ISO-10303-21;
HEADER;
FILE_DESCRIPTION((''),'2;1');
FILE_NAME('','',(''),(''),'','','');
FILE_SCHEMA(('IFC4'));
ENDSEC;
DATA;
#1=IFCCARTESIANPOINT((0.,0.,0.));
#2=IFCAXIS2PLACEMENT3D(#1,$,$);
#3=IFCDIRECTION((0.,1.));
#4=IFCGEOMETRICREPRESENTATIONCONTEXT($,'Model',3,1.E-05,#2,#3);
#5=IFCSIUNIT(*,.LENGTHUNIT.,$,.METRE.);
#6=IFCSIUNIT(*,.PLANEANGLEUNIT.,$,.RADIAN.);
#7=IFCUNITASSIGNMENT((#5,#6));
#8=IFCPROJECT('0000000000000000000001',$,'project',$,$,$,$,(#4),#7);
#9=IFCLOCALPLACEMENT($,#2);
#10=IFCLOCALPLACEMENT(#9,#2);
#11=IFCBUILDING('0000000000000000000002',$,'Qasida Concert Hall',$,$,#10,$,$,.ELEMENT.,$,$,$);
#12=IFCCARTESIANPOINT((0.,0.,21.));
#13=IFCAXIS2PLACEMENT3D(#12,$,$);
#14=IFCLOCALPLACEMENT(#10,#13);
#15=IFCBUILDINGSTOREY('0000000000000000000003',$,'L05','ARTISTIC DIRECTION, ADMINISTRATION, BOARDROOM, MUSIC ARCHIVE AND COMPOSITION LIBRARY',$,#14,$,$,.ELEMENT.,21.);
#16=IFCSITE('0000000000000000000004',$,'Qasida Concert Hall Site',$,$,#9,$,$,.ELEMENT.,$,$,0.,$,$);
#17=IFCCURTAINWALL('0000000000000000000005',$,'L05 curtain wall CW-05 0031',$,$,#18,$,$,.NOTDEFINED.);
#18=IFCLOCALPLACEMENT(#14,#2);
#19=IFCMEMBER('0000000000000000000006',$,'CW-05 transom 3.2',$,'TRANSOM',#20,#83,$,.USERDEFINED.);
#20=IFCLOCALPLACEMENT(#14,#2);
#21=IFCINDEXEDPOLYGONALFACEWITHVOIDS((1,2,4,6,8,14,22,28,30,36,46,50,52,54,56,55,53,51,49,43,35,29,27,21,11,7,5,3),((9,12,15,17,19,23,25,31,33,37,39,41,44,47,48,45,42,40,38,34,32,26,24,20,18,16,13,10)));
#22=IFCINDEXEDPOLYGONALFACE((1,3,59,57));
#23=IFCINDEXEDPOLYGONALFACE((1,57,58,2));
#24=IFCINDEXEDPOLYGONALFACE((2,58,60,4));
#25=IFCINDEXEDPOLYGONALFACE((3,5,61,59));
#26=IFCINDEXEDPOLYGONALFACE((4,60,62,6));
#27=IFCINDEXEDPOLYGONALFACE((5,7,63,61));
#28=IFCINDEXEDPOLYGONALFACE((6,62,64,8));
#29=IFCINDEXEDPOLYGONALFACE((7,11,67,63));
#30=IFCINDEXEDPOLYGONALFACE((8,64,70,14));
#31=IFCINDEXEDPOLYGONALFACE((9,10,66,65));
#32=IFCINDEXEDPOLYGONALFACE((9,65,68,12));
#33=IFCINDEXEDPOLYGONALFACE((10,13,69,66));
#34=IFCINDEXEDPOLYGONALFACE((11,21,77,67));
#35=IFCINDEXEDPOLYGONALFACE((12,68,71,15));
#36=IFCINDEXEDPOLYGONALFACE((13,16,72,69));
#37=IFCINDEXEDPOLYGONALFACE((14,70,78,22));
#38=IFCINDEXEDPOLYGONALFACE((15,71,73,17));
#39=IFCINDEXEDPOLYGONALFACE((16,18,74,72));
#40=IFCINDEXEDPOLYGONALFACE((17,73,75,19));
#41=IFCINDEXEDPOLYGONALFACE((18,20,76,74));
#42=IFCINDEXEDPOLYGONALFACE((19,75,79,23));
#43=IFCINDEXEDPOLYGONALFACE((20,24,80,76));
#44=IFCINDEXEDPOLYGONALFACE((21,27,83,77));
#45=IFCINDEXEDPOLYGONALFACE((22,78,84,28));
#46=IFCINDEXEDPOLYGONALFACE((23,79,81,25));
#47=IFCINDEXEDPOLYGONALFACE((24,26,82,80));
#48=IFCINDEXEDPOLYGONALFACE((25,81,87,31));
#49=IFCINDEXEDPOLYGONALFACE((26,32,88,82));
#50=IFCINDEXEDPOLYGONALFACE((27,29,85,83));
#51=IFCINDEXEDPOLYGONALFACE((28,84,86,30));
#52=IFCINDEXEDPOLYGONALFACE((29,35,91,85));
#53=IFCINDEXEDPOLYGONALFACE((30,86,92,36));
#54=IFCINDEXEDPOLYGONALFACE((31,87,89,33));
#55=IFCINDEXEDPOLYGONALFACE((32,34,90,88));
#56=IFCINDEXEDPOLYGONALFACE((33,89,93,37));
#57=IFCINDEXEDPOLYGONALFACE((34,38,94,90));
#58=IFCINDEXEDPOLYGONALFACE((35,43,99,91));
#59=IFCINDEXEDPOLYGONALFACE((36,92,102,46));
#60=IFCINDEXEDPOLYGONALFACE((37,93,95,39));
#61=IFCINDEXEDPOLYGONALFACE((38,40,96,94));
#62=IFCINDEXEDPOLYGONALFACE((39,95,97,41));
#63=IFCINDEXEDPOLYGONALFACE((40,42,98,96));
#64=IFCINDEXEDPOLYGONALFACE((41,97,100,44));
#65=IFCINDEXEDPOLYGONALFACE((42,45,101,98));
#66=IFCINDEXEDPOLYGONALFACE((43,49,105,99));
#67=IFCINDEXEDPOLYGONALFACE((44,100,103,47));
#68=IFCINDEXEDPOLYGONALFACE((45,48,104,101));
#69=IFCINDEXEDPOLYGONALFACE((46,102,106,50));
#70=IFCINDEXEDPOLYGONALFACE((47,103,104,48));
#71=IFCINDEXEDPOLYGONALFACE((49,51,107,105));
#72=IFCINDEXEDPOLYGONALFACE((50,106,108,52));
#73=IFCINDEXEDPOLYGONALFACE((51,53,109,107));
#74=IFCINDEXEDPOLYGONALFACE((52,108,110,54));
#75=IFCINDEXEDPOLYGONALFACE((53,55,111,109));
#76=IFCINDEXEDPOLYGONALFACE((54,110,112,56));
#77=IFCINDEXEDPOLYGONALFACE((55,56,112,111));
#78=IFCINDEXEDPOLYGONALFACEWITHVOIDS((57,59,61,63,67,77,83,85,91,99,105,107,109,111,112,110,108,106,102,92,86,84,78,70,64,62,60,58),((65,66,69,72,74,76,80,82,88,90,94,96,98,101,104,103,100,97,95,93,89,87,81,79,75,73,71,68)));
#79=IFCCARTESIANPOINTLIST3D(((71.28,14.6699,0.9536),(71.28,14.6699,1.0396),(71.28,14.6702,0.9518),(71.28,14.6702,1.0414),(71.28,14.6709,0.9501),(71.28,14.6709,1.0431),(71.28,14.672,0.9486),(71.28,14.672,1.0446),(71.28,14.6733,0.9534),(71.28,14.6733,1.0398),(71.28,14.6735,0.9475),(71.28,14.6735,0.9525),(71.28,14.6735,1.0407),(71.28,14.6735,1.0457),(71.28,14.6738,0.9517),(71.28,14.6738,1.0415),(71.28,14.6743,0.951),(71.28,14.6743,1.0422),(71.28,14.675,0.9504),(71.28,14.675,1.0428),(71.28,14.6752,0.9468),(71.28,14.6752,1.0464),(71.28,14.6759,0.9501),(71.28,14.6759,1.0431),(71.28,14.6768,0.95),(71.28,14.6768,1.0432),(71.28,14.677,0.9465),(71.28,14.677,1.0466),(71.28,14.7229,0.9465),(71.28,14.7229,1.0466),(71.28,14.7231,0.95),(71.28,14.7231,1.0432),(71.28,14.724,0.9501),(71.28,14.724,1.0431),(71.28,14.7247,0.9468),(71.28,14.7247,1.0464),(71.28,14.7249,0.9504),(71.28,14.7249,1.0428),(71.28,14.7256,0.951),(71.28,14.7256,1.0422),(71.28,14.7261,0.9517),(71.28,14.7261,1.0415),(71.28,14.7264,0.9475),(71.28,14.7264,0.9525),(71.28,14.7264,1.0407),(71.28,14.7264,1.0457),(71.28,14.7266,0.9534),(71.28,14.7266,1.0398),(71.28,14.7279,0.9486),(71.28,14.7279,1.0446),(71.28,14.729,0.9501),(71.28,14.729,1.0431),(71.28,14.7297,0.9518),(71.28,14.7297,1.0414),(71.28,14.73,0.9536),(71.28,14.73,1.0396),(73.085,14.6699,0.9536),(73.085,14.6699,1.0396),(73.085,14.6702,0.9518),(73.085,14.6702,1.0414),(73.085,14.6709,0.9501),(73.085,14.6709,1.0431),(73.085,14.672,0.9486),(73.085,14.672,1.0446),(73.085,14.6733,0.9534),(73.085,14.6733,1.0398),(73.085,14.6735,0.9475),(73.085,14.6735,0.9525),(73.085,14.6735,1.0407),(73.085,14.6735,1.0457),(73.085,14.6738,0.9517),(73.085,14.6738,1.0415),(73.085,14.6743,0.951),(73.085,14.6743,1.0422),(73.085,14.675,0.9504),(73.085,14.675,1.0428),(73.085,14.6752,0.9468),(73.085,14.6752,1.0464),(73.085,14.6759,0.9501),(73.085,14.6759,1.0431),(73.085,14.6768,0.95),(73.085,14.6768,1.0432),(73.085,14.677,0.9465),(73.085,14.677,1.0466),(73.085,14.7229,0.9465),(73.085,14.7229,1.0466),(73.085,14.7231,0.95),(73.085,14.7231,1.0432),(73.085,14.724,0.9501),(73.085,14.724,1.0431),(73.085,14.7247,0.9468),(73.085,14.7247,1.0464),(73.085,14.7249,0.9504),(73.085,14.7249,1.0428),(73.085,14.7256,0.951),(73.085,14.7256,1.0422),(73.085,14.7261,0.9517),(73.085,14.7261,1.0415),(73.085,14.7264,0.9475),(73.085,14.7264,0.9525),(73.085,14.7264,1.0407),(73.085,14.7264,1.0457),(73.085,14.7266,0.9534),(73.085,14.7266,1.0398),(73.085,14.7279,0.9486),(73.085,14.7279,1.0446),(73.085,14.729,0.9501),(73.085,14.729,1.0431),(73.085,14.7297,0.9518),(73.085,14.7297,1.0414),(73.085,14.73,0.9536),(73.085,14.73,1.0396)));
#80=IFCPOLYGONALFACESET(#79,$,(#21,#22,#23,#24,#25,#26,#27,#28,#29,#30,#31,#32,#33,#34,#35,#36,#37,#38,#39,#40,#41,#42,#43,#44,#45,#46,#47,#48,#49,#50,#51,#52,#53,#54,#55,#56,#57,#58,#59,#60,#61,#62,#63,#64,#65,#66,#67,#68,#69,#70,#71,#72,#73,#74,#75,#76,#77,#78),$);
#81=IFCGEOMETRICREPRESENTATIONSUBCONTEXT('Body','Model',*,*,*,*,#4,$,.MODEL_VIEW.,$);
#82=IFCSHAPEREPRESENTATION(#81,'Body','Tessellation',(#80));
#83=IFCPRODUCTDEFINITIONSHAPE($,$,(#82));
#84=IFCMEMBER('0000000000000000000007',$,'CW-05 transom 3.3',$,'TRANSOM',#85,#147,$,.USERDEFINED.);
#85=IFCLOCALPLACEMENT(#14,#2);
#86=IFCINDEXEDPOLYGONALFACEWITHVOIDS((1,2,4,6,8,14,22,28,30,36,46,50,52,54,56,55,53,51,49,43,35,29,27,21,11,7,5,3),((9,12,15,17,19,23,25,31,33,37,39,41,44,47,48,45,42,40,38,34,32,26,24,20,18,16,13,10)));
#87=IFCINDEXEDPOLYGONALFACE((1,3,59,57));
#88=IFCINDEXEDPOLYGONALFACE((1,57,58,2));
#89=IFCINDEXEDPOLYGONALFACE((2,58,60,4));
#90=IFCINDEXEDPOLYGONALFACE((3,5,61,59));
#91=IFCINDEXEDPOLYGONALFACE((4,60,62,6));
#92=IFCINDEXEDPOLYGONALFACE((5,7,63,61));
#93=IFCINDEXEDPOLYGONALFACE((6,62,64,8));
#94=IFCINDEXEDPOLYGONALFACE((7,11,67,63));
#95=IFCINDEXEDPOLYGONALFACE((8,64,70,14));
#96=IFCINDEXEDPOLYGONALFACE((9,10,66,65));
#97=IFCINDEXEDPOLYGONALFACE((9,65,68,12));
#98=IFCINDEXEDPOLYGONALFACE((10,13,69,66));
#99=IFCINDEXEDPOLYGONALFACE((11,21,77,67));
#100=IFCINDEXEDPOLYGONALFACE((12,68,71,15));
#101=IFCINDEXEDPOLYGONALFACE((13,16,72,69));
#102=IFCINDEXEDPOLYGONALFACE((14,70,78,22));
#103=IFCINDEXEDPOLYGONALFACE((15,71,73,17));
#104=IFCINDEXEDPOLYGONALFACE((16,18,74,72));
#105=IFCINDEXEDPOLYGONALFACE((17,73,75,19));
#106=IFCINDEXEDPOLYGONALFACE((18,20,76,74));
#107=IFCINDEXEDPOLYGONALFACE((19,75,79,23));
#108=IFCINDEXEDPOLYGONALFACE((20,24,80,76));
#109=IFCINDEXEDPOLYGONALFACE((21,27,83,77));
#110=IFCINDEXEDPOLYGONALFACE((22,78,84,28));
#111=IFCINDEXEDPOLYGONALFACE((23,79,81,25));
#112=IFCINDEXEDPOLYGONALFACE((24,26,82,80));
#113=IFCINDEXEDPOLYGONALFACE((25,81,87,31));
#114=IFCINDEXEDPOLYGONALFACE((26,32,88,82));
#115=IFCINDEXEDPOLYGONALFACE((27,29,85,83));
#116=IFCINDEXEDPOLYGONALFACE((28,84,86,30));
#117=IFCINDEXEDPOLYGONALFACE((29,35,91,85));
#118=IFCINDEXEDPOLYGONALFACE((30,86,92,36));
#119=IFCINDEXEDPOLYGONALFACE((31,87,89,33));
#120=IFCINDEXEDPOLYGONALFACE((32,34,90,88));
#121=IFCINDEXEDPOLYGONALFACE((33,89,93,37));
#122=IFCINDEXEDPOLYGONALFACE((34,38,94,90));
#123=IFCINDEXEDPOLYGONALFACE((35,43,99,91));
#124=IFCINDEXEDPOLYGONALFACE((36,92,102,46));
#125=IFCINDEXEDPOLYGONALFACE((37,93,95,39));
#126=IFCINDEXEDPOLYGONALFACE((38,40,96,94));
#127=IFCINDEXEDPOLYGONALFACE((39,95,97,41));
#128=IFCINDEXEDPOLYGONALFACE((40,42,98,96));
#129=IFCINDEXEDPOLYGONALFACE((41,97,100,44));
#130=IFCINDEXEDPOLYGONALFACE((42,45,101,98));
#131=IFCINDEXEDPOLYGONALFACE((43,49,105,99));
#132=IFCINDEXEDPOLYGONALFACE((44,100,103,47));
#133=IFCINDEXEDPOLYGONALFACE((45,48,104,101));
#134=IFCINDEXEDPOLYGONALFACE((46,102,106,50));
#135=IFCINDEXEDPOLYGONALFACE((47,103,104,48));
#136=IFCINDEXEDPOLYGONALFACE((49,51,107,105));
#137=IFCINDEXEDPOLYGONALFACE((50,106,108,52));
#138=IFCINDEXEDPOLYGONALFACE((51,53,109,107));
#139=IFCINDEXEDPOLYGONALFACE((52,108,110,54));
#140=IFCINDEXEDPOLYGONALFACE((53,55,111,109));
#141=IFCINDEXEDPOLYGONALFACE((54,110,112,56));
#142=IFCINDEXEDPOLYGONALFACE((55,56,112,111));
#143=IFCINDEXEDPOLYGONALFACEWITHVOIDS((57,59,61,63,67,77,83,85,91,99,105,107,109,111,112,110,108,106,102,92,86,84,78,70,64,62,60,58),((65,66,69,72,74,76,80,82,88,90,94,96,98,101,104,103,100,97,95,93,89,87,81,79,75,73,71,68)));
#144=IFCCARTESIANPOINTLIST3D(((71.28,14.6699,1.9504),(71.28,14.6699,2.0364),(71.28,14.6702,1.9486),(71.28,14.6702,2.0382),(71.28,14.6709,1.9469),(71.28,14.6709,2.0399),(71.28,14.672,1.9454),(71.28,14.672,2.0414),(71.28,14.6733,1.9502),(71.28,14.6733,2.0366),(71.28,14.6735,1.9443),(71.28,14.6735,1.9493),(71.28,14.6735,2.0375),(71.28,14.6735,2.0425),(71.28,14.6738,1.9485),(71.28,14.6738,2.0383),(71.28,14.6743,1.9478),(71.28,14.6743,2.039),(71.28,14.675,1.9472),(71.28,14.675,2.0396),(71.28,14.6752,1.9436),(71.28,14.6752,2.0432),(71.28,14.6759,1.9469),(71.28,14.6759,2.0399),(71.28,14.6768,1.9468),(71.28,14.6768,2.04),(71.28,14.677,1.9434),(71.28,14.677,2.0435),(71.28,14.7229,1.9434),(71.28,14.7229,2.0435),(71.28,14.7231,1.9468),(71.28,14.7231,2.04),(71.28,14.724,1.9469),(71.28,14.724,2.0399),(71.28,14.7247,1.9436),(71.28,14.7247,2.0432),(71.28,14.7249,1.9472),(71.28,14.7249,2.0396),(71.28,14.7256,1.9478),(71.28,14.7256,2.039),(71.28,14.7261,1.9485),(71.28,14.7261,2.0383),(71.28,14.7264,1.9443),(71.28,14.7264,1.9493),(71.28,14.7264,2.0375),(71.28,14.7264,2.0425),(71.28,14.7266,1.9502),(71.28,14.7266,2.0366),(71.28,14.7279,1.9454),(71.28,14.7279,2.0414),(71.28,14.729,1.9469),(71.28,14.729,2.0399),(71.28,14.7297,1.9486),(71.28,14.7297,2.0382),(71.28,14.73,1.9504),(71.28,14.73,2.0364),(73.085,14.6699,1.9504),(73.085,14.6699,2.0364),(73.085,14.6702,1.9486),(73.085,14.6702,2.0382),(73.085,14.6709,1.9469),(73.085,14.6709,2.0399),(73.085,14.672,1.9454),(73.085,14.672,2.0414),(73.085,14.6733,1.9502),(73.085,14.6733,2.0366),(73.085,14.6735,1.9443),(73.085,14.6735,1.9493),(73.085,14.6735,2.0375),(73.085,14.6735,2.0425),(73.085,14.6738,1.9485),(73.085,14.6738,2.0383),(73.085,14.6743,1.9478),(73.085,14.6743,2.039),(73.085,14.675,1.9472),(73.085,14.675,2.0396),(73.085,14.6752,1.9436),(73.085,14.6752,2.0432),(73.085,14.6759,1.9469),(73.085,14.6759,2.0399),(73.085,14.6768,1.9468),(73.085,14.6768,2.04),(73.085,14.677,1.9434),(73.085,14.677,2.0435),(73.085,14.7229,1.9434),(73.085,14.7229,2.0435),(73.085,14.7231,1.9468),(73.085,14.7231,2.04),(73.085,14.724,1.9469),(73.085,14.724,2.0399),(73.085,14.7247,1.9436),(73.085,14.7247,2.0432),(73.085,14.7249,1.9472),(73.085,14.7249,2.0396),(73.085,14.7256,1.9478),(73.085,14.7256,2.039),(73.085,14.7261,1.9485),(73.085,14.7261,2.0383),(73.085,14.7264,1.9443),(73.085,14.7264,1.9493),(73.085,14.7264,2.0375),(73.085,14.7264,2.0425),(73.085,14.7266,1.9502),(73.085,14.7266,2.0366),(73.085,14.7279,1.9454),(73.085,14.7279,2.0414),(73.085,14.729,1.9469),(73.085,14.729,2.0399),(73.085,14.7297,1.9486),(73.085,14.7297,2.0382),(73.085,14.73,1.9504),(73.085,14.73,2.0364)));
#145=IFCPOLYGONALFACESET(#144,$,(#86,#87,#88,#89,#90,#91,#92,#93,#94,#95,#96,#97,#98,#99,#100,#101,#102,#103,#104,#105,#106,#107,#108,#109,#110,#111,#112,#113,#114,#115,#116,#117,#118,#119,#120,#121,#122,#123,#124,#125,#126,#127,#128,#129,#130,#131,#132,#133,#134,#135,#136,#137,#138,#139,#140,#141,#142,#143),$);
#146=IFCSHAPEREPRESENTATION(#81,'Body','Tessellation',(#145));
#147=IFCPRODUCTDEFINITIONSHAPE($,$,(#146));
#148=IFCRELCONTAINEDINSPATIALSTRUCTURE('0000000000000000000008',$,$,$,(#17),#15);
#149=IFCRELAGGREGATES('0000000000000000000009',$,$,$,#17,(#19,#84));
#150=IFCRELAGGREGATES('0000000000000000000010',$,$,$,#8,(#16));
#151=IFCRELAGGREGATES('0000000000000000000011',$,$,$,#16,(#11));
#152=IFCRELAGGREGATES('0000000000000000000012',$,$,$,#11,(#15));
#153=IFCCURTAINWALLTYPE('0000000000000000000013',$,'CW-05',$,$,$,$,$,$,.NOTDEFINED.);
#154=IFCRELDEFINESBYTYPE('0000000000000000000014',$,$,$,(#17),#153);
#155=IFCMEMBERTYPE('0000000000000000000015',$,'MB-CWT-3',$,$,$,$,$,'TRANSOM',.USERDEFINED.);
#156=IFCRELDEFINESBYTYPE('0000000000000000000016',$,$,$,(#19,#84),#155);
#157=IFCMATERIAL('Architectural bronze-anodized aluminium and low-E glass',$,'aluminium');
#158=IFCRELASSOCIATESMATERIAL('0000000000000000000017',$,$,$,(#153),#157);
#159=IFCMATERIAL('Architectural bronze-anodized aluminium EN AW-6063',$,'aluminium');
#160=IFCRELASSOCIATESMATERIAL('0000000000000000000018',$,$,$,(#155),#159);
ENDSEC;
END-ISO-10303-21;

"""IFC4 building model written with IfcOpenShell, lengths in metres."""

from ifc_helpers import new_model, si_unit, direction, frame, origin, origin_2d, place, context, subcontext, project, spatial, hollow_rectangle, extrude, material, material_profile, profile_set, type_object, element, aggregate, save


model = new_model("IFC4")

# Units and contexts
model_context = context("Model", 3, precision=1e-05, world=origin(), true_north=direction((0.0, 1.0)))
body_context = subcontext(model_context, "Body", "Model", "MODEL_VIEW")
ifc_project = project(units=[si_unit("LENGTHUNIT", "METRE"), si_unit("PLANEANGLEUNIT", "RADIAN")], contexts=[model_context])

# Site, building, storey
site_placement = place(None, origin())
site = spatial("IfcSite", under=ifc_project, at=site_placement, Name="Qasida Concert Hall Site", CompositionType="ELEMENT", RefElevation=0.0)
building_placement = place(site_placement, origin())
building = spatial("IfcBuilding", under=site, at=building_placement, Name="Qasida Concert Hall", CompositionType="ELEMENT")
storey_placement = place(building_placement, frame((0.0, 0.0, 21.0)))
storey = spatial("IfcBuildingStorey", under=building, at=storey_placement, Name="L05", Description="ARTISTIC DIRECTION, ADMINISTRATION, BOARDROOM, MUSIC ARCHIVE AND COMPOSITION LIBRARY", CompositionType="ELEMENT", Elevation=21.0)

# Curtain wall, members
ifc_material_1 = material(Name="Architectural bronze-anodized aluminium and low-E glass", Category="aluminium")
curtain_wall_type = type_object("IfcCurtainWallType", Name="CW-05", PredefinedType="NOTDEFINED", material=ifc_material_1)
curtain_wall_placement = place(storey_placement, origin())
curtain_wall = element("IfcCurtainWall", 1, at=curtain_wall_placement, inside=storey, type_object=curtain_wall_type, Name="L05 curtain wall CW-05 0031", PredefinedType="NOTDEFINED")
ifc_material_2 = material(Name="Architectural bronze-anodized aluminium EN AW-6063", Category="aluminium")
ifc_material_profile_1 = material_profile(ifc_material_2, hollow_rectangle(XDim=0.0601, YDim=0.1001, WallThickness=0.0034, InnerFilletRadius=0.0034, OuterFilletRadius=0.0071, at=origin_2d()), Name="CWT 100x60x3.5")
ifc_profile_set_1 = profile_set([ifc_material_profile_1], Name="Architectural bronze-anodized aluminium EN AW-6063")
member_type_1 = type_object("IfcMemberType", Name="MB-CWT-3", ElementType="TRANSOM", PredefinedType="USERDEFINED", material=ifc_profile_set_1)
member_1_placement = place(storey_placement, frame((71.28, 14.7, 0.9966), z_axis=(1.0, 0.0, 0.0), x_axis=(0.0, 1.0, 0.0)))
member_1 = element("IfcMember", 2, at=member_1_placement, type_object=member_type_1, Name="CW-05 transom 3.2", ObjectType="TRANSOM", PredefinedType="USERDEFINED", context=body_context, shape_type="SweptSolid", body=[
    extrude(hollow_rectangle(XDim=0.0601, YDim=0.1001, WallThickness=0.0034, InnerFilletRadius=0.0034, OuterFilletRadius=0.0071, at=origin_2d()), origin(), (0.0, 0.0, 1.0), 1.8049),
])
member_2_placement = place(storey_placement, frame((71.28, 14.7, 1.9934), z_axis=(1.0, 0.0, 0.0), x_axis=(0.0, 1.0, 0.0)))
member_2 = element("IfcMember", 3, at=member_2_placement, type_object=member_type_1, Name="CW-05 transom 3.3", ObjectType="TRANSOM", PredefinedType="USERDEFINED", context=body_context, shape_type="SweptSolid", body=[
    extrude(hollow_rectangle(XDim=0.0601, YDim=0.1001, WallThickness=0.0034, InnerFilletRadius=0.0034, OuterFilletRadius=0.0071, at=origin_2d()), origin(), (0.0, 0.0, 1.0), 1.8049),
])
aggregate(curtain_wall, [member_1, member_2])

save(model, "model.ifc")
